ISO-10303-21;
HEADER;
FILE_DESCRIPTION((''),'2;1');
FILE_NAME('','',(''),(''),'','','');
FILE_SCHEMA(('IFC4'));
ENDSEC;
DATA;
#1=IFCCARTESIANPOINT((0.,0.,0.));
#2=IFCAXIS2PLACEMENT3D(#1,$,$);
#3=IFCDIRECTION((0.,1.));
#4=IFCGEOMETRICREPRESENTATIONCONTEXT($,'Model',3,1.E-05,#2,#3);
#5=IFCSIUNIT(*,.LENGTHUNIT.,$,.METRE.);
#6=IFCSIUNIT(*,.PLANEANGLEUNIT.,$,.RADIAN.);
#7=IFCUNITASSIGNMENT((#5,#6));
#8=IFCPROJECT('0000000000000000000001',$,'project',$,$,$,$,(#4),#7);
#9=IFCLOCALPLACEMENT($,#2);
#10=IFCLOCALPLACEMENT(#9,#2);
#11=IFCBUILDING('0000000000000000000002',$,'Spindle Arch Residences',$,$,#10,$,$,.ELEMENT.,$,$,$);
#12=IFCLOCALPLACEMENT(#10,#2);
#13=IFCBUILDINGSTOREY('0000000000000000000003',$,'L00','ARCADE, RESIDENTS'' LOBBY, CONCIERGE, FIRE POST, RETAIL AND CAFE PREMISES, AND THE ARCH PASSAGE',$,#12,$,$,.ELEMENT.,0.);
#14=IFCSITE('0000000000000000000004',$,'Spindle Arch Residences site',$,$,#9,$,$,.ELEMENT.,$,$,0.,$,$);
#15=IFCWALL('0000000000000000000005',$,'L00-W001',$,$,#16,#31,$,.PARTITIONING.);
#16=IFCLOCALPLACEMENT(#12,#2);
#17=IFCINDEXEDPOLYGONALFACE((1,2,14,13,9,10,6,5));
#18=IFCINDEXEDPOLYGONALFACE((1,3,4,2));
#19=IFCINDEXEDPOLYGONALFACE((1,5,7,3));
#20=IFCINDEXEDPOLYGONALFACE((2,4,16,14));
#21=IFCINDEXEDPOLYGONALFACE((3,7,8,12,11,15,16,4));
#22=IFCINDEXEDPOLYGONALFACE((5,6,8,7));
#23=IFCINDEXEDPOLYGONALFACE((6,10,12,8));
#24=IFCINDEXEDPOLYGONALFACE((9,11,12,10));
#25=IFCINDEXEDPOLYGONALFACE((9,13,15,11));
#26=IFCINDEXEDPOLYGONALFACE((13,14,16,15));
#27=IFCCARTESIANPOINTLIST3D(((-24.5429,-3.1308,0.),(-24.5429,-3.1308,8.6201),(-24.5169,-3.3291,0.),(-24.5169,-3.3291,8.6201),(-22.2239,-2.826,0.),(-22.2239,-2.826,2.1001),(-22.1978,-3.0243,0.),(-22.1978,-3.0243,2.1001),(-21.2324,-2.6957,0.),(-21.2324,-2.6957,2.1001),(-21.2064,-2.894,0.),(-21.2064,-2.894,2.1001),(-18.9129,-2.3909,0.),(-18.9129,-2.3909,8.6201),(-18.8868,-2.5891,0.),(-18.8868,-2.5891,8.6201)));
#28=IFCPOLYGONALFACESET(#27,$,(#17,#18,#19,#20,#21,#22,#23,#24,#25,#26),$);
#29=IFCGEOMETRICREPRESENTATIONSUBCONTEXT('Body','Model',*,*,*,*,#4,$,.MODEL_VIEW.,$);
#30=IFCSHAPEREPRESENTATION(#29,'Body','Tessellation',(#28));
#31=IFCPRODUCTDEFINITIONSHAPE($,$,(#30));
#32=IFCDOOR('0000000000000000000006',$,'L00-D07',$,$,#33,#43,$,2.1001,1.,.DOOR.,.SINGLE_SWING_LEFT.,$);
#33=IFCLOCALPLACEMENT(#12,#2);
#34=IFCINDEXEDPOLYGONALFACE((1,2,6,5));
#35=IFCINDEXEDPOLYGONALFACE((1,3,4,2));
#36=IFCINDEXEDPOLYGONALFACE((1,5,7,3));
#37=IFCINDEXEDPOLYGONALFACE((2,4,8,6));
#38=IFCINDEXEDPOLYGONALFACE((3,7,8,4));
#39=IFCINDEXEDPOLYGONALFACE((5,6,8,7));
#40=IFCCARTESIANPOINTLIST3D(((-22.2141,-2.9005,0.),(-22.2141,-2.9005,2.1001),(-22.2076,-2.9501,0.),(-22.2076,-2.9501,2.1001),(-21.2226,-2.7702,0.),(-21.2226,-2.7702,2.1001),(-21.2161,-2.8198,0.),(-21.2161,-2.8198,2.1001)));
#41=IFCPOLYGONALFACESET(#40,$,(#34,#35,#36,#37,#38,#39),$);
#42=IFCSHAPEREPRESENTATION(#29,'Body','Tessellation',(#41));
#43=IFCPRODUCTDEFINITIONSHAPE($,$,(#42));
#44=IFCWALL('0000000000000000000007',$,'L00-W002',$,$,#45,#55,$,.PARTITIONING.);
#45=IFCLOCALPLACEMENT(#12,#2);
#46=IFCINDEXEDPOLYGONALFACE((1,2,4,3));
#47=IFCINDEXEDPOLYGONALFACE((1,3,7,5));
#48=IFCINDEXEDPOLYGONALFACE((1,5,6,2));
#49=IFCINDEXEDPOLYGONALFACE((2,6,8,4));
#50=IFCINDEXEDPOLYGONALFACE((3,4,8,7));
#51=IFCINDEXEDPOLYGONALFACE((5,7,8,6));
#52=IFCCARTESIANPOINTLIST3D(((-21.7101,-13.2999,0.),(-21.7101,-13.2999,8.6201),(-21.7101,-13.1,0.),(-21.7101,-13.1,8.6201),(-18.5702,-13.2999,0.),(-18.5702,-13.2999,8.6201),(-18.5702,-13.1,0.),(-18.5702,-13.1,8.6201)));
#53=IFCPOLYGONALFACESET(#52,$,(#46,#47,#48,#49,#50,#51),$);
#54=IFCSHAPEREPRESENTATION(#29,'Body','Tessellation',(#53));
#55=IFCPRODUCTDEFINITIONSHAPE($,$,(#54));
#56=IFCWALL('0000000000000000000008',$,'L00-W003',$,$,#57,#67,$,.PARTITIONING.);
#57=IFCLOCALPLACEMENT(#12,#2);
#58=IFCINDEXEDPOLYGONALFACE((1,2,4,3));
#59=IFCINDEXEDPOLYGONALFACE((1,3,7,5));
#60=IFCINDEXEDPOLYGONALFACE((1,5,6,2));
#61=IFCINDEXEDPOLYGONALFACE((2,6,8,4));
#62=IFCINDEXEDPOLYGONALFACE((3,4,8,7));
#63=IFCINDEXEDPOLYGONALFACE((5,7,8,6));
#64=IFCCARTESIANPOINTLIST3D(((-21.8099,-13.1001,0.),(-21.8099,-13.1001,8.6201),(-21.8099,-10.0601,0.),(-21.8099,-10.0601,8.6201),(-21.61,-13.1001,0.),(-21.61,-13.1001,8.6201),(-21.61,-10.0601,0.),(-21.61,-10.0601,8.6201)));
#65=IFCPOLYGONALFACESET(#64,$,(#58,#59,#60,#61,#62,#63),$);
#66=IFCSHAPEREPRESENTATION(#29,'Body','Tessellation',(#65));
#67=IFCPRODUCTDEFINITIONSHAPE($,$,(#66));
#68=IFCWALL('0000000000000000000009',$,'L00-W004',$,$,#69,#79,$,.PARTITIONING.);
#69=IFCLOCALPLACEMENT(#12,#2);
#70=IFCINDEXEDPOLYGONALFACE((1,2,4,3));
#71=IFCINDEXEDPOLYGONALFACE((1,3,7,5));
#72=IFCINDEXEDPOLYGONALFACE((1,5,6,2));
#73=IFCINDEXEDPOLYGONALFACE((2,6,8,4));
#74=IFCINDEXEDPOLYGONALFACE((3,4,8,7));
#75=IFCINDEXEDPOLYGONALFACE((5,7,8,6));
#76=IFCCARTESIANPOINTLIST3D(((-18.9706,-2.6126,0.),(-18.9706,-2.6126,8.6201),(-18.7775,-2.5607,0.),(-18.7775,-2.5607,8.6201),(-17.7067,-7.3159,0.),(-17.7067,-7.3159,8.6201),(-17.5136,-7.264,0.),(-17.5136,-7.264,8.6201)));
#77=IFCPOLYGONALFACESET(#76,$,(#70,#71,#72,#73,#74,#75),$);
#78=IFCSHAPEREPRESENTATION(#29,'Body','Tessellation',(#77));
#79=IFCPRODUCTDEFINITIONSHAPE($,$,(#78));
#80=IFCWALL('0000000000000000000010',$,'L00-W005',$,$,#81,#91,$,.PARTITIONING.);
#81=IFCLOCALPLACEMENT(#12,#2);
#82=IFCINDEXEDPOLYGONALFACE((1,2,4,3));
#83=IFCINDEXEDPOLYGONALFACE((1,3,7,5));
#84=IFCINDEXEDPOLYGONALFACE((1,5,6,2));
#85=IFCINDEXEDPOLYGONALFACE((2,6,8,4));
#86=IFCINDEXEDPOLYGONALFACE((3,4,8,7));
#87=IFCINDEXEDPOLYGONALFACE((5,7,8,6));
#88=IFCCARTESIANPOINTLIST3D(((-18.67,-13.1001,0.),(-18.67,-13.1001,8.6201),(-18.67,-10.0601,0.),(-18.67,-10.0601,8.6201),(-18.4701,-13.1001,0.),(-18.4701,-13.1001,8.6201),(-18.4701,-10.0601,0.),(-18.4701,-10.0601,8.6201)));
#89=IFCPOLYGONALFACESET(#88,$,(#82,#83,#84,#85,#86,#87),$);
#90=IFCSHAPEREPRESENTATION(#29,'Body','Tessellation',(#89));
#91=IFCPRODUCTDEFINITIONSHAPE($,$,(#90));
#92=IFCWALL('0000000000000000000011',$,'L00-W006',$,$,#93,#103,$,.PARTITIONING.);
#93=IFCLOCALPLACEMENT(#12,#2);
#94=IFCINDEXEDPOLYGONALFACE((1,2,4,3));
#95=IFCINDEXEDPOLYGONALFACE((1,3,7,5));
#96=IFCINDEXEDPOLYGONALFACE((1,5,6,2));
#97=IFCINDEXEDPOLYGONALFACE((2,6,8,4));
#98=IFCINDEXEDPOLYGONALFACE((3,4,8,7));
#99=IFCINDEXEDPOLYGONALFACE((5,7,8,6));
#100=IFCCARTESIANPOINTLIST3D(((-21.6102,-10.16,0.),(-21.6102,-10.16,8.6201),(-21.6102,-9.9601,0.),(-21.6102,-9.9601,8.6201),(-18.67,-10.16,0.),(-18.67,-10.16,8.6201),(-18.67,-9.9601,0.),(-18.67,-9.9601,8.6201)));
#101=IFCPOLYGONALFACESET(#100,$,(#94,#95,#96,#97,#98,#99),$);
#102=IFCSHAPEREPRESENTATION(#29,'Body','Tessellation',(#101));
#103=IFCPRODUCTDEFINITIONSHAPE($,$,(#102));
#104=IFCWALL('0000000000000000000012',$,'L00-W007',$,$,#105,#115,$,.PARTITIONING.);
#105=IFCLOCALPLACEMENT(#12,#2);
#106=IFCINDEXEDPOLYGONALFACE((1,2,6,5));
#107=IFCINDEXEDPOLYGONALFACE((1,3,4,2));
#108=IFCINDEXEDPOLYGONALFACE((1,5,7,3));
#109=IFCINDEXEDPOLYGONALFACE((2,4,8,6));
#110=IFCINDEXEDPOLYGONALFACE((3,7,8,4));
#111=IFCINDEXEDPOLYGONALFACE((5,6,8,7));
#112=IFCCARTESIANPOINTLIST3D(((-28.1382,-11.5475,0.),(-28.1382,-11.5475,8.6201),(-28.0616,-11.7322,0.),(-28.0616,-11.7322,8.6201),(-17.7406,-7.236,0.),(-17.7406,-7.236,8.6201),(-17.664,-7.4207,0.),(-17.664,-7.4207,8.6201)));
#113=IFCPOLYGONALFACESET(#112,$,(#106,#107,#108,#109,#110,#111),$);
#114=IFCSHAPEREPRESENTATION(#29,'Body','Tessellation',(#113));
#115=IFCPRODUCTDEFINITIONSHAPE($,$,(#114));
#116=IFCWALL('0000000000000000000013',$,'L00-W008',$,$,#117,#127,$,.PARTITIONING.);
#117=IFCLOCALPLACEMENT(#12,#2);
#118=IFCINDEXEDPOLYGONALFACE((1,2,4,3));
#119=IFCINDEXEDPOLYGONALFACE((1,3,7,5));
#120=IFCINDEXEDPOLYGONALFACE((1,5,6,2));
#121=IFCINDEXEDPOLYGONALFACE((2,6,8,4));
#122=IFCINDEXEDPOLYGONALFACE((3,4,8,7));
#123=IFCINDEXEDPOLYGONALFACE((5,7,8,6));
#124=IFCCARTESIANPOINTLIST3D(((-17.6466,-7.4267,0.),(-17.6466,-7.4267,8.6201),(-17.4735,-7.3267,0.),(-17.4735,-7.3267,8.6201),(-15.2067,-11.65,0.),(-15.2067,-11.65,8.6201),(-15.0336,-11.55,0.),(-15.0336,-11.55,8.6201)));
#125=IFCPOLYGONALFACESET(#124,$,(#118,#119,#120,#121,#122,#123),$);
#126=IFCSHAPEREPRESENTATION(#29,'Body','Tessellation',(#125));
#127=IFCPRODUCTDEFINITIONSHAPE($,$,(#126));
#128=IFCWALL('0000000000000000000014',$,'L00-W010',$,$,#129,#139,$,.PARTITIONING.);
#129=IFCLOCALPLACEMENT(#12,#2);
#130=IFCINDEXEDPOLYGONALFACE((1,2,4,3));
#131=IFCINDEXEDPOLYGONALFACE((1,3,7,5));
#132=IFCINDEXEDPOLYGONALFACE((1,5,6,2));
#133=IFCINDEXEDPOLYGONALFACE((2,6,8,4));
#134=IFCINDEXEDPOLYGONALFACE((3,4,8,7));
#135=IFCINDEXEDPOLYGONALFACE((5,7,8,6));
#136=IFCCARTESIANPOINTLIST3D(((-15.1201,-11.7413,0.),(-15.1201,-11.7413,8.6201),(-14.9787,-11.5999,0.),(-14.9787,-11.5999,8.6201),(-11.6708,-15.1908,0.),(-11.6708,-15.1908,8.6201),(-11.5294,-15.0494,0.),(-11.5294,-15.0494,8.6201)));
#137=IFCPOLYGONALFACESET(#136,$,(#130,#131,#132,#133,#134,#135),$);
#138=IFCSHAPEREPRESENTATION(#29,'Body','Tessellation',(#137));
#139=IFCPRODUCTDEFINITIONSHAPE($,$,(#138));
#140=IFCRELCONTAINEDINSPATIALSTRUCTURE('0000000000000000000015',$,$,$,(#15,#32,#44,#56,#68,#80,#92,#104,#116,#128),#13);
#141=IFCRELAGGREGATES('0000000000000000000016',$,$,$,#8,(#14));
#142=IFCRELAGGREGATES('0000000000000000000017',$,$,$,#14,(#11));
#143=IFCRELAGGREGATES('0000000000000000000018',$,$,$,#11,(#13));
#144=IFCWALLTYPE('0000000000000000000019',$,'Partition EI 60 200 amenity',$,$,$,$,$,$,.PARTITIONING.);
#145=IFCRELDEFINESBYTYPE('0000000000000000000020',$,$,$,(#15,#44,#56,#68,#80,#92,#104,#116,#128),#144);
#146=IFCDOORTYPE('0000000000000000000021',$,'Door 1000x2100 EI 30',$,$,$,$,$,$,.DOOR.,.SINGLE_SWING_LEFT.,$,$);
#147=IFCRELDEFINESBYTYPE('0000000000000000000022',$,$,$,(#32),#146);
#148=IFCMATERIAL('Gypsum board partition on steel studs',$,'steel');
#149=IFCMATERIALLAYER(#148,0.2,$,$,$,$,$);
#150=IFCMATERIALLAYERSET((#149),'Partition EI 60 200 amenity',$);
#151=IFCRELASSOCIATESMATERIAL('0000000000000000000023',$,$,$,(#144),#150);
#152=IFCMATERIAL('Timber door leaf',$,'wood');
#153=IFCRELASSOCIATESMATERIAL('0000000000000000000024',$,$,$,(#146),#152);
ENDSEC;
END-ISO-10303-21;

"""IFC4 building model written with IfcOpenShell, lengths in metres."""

from ifc_helpers import new_model, si_unit, direction, frame, frame_2d, origin, place, context, subcontext, project, spatial, rectangle, extrude, material, layer, layer_set, type_object, element, fill, save


model = new_model("IFC4")

# Units and contexts
model_context = context("Model", 3, precision=1e-05, world=origin(), true_north=direction((0.0, 1.0)))
body_context = subcontext(model_context, "Body", "Model", "MODEL_VIEW")
ifc_project = project(units=[si_unit("LENGTHUNIT", "METRE"), si_unit("PLANEANGLEUNIT", "RADIAN")], contexts=[model_context])

# Site, building, storey
site_placement = place(None, origin())
site = spatial("IfcSite", under=ifc_project, at=site_placement, Name="Spindle Arch Residences site", CompositionType="ELEMENT", RefElevation=0.0)
building_placement = place(site_placement, origin())
building = spatial("IfcBuilding", under=site, at=building_placement, Name="Spindle Arch Residences", CompositionType="ELEMENT")
storey_placement = place(building_placement, origin())
storey = spatial("IfcBuildingStorey", under=building, at=storey_placement, Name="L00", Description="ARCADE, RESIDENTS' LOBBY, CONCIERGE, FIRE POST, RETAIL AND CAFE PREMISES, AND THE ARCH PASSAGE", CompositionType="ELEMENT", Elevation=0.0)

# Wall, opening, door
ifc_material_1 = material(Name="Gypsum board partition on steel studs", Category="steel")
ifc_layer_1 = layer(ifc_material_1, 0.2)
ifc_layer_set_1 = layer_set([ifc_layer_1], Name="Partition EI 60 200 amenity")
wall_type = type_object("IfcWallType", Name="Partition EI 60 200 amenity", PredefinedType="PARTITIONING", material=ifc_layer_set_1)
wall_1_placement = place(storey_placement, frame((-24.53, -3.23, 0.0), z_axis=(0.0, 0.0, 1.0), x_axis=(0.991473, 0.130313, 0.0)))
wall_1 = element("IfcWall", 1, at=wall_1_placement, inside=storey, type_object=wall_type, Name="L00-W001", PredefinedType="PARTITIONING", context=body_context, shape_type="SweptSolid", body=[
    extrude(rectangle(XDim=5.6785, YDim=0.2, at=frame_2d((2.8394, 0.0))), origin(), (0.0, 0.0, 1.0), 8.6201),
])
opening_placement = place(wall_1_placement, frame((2.3391, 0.0, 0.0)))
opening = element("IfcOpeningElement", 2, at=opening_placement, cuts=wall_1, PredefinedType="OPENING", context=body_context, shape_type="SweptSolid", body=[
    extrude(rectangle(XDim=1.0, YDim=2.1001, at=frame_2d((0.5, 1.05))), frame((0.0, 0.1099, 0.0), z_axis=(0.0, -1.0, 0.0), x_axis=(1.0, 0.0, 0.0)), (0.0, 0.0, 1.0), 0.22),
])
ifc_material_2 = material(Name="Timber door leaf", Category="wood")
door_type = type_object("IfcDoorType", Name="Door 1000x2100 EI 30", OperationType="SINGLE_SWING_LEFT", PredefinedType="DOOR", material=ifc_material_2)
door_placement = place(opening_placement, origin())
door = element("IfcDoor", 3, at=door_placement, inside=storey, type_object=door_type, Name="L00-D07", OperationType="SINGLE_SWING_LEFT", OverallHeight=2.1001, OverallWidth=1.0, PredefinedType="DOOR", context=body_context, shape_type="SweptSolid", body=[
    extrude(rectangle(XDim=1.0, YDim=2.1001, at=frame_2d((0.5, 1.05))), frame((0.0, 0.0249, 0.0), z_axis=(0.0, -1.0, 0.0), x_axis=(1.0, 0.0, 0.0)), (0.0, 0.0, 1.0), 0.05),
])
fill(opening, door)

# Walls
wall_2_placement = place(storey_placement, frame((-21.71, -13.2, 0.0), z_axis=(0.0, 0.0, 1.0), x_axis=(1.0, 0.0, 0.0)))
element("IfcWall", 4, at=wall_2_placement, inside=storey, type_object=wall_type, Name="L00-W002", PredefinedType="PARTITIONING", context=body_context, shape_type="SweptSolid", body=[
    extrude(rectangle(XDim=3.1399, YDim=0.2, at=frame_2d((1.5698, 0.0))), origin(), (0.0, 0.0, 1.0), 8.6201),
])
wall_3_placement = place(storey_placement, frame((-21.71, -10.0601, 0.0), z_axis=(0.0, 0.0, 1.0), x_axis=(0.0, -1.0, 0.0)))
element("IfcWall", 5, at=wall_3_placement, inside=storey, type_object=wall_type, Name="L00-W003", PredefinedType="PARTITIONING", context=body_context, shape_type="SweptSolid", body=[
    extrude(rectangle(XDim=3.04, YDim=0.2, at=frame_2d((1.52, 0.0))), origin(), (0.0, 0.0, 1.0), 8.6201),
])
wall_4_placement = place(storey_placement, frame((-18.874, -2.5867, 0.0), z_axis=(0.0, 0.0, 1.0), x_axis=(0.259519, -0.965738, 0.0)))
element("IfcWall", 6, at=wall_4_placement, inside=storey, type_object=wall_type, Name="L00-W004", PredefinedType="PARTITIONING", context=body_context, shape_type="SweptSolid", body=[
    extrude(rectangle(XDim=4.8701, YDim=0.2, at=frame_2d((2.4351, 0.0))), origin(), (0.0, 0.0, 1.0), 8.6201),
])
wall_5_placement = place(storey_placement, frame((-18.5701, -13.1001, 0.0), z_axis=(0.0, 0.0, 1.0), x_axis=(0.0, 1.0, 0.0)))
element("IfcWall", 7, at=wall_5_placement, inside=storey, type_object=wall_type, Name="L00-W005", PredefinedType="PARTITIONING", context=body_context, shape_type="SweptSolid", body=[
    extrude(rectangle(XDim=3.04, YDim=0.2, at=frame_2d((1.52, 0.0))), origin(), (0.0, 0.0, 1.0), 8.6201),
])
wall_6_placement = place(storey_placement, frame((-18.6699, -10.0601, 0.0), z_axis=(0.0, 0.0, 1.0), x_axis=(-1.0, 0.0, 0.0)))
element("IfcWall", 8, at=wall_6_placement, inside=storey, type_object=wall_type, Name="L00-W006", PredefinedType="PARTITIONING", context=body_context, shape_type="SweptSolid", body=[
    extrude(rectangle(XDim=2.9402, YDim=0.2, at=frame_2d((1.4702, 0.0))), origin(), (0.0, 0.0, 1.0), 8.6201),
])
wall_7_placement = place(storey_placement, frame((-17.7024, -7.3284, 0.0), z_axis=(0.0, 0.0, 1.0), x_axis=(-0.923733, -0.383036, 0.0)))
element("IfcWall", 9, at=wall_7_placement, inside=storey, type_object=wall_type, Name="L00-W007", PredefinedType="PARTITIONING", context=body_context, shape_type="SweptSolid", body=[
    extrude(rectangle(XDim=11.2561, YDim=0.2, at=frame_2d((5.6279, 0.0))), origin(), (0.0, 0.0, 1.0), 8.6201),
])
wall_8_placement = place(storey_placement, frame((-17.5601, -7.3767, 0.0), z_axis=(0.0, 0.0, 1.0), x_axis=(0.500241, -0.865886, 0.0)))
element("IfcWall", 10, at=wall_8_placement, inside=storey, type_object=wall_type, Name="L00-W008", PredefinedType="PARTITIONING", context=body_context, shape_type="SweptSolid", body=[
    extrude(rectangle(XDim=4.8774, YDim=0.2, at=frame_2d((2.4387, 0.0))), origin(), (0.0, 0.0, 1.0), 8.6201),
])
wall_9_placement = place(storey_placement, frame((-15.0493, -11.6707, 0.0), z_axis=(0.0, 0.0, 1.0), x_axis=(0.707082, -0.707132, 0.0)))
element("IfcWall", 11, at=wall_9_placement, inside=storey, type_object=wall_type, Name="L00-W010", PredefinedType="PARTITIONING", context=body_context, shape_type="SweptSolid", body=[
    extrude(rectangle(XDim=4.8782, YDim=0.2, at=frame_2d((2.439, 0.0))), origin(), (0.0, 0.0, 1.0), 8.6201),
])

save(model, "model.ifc")
